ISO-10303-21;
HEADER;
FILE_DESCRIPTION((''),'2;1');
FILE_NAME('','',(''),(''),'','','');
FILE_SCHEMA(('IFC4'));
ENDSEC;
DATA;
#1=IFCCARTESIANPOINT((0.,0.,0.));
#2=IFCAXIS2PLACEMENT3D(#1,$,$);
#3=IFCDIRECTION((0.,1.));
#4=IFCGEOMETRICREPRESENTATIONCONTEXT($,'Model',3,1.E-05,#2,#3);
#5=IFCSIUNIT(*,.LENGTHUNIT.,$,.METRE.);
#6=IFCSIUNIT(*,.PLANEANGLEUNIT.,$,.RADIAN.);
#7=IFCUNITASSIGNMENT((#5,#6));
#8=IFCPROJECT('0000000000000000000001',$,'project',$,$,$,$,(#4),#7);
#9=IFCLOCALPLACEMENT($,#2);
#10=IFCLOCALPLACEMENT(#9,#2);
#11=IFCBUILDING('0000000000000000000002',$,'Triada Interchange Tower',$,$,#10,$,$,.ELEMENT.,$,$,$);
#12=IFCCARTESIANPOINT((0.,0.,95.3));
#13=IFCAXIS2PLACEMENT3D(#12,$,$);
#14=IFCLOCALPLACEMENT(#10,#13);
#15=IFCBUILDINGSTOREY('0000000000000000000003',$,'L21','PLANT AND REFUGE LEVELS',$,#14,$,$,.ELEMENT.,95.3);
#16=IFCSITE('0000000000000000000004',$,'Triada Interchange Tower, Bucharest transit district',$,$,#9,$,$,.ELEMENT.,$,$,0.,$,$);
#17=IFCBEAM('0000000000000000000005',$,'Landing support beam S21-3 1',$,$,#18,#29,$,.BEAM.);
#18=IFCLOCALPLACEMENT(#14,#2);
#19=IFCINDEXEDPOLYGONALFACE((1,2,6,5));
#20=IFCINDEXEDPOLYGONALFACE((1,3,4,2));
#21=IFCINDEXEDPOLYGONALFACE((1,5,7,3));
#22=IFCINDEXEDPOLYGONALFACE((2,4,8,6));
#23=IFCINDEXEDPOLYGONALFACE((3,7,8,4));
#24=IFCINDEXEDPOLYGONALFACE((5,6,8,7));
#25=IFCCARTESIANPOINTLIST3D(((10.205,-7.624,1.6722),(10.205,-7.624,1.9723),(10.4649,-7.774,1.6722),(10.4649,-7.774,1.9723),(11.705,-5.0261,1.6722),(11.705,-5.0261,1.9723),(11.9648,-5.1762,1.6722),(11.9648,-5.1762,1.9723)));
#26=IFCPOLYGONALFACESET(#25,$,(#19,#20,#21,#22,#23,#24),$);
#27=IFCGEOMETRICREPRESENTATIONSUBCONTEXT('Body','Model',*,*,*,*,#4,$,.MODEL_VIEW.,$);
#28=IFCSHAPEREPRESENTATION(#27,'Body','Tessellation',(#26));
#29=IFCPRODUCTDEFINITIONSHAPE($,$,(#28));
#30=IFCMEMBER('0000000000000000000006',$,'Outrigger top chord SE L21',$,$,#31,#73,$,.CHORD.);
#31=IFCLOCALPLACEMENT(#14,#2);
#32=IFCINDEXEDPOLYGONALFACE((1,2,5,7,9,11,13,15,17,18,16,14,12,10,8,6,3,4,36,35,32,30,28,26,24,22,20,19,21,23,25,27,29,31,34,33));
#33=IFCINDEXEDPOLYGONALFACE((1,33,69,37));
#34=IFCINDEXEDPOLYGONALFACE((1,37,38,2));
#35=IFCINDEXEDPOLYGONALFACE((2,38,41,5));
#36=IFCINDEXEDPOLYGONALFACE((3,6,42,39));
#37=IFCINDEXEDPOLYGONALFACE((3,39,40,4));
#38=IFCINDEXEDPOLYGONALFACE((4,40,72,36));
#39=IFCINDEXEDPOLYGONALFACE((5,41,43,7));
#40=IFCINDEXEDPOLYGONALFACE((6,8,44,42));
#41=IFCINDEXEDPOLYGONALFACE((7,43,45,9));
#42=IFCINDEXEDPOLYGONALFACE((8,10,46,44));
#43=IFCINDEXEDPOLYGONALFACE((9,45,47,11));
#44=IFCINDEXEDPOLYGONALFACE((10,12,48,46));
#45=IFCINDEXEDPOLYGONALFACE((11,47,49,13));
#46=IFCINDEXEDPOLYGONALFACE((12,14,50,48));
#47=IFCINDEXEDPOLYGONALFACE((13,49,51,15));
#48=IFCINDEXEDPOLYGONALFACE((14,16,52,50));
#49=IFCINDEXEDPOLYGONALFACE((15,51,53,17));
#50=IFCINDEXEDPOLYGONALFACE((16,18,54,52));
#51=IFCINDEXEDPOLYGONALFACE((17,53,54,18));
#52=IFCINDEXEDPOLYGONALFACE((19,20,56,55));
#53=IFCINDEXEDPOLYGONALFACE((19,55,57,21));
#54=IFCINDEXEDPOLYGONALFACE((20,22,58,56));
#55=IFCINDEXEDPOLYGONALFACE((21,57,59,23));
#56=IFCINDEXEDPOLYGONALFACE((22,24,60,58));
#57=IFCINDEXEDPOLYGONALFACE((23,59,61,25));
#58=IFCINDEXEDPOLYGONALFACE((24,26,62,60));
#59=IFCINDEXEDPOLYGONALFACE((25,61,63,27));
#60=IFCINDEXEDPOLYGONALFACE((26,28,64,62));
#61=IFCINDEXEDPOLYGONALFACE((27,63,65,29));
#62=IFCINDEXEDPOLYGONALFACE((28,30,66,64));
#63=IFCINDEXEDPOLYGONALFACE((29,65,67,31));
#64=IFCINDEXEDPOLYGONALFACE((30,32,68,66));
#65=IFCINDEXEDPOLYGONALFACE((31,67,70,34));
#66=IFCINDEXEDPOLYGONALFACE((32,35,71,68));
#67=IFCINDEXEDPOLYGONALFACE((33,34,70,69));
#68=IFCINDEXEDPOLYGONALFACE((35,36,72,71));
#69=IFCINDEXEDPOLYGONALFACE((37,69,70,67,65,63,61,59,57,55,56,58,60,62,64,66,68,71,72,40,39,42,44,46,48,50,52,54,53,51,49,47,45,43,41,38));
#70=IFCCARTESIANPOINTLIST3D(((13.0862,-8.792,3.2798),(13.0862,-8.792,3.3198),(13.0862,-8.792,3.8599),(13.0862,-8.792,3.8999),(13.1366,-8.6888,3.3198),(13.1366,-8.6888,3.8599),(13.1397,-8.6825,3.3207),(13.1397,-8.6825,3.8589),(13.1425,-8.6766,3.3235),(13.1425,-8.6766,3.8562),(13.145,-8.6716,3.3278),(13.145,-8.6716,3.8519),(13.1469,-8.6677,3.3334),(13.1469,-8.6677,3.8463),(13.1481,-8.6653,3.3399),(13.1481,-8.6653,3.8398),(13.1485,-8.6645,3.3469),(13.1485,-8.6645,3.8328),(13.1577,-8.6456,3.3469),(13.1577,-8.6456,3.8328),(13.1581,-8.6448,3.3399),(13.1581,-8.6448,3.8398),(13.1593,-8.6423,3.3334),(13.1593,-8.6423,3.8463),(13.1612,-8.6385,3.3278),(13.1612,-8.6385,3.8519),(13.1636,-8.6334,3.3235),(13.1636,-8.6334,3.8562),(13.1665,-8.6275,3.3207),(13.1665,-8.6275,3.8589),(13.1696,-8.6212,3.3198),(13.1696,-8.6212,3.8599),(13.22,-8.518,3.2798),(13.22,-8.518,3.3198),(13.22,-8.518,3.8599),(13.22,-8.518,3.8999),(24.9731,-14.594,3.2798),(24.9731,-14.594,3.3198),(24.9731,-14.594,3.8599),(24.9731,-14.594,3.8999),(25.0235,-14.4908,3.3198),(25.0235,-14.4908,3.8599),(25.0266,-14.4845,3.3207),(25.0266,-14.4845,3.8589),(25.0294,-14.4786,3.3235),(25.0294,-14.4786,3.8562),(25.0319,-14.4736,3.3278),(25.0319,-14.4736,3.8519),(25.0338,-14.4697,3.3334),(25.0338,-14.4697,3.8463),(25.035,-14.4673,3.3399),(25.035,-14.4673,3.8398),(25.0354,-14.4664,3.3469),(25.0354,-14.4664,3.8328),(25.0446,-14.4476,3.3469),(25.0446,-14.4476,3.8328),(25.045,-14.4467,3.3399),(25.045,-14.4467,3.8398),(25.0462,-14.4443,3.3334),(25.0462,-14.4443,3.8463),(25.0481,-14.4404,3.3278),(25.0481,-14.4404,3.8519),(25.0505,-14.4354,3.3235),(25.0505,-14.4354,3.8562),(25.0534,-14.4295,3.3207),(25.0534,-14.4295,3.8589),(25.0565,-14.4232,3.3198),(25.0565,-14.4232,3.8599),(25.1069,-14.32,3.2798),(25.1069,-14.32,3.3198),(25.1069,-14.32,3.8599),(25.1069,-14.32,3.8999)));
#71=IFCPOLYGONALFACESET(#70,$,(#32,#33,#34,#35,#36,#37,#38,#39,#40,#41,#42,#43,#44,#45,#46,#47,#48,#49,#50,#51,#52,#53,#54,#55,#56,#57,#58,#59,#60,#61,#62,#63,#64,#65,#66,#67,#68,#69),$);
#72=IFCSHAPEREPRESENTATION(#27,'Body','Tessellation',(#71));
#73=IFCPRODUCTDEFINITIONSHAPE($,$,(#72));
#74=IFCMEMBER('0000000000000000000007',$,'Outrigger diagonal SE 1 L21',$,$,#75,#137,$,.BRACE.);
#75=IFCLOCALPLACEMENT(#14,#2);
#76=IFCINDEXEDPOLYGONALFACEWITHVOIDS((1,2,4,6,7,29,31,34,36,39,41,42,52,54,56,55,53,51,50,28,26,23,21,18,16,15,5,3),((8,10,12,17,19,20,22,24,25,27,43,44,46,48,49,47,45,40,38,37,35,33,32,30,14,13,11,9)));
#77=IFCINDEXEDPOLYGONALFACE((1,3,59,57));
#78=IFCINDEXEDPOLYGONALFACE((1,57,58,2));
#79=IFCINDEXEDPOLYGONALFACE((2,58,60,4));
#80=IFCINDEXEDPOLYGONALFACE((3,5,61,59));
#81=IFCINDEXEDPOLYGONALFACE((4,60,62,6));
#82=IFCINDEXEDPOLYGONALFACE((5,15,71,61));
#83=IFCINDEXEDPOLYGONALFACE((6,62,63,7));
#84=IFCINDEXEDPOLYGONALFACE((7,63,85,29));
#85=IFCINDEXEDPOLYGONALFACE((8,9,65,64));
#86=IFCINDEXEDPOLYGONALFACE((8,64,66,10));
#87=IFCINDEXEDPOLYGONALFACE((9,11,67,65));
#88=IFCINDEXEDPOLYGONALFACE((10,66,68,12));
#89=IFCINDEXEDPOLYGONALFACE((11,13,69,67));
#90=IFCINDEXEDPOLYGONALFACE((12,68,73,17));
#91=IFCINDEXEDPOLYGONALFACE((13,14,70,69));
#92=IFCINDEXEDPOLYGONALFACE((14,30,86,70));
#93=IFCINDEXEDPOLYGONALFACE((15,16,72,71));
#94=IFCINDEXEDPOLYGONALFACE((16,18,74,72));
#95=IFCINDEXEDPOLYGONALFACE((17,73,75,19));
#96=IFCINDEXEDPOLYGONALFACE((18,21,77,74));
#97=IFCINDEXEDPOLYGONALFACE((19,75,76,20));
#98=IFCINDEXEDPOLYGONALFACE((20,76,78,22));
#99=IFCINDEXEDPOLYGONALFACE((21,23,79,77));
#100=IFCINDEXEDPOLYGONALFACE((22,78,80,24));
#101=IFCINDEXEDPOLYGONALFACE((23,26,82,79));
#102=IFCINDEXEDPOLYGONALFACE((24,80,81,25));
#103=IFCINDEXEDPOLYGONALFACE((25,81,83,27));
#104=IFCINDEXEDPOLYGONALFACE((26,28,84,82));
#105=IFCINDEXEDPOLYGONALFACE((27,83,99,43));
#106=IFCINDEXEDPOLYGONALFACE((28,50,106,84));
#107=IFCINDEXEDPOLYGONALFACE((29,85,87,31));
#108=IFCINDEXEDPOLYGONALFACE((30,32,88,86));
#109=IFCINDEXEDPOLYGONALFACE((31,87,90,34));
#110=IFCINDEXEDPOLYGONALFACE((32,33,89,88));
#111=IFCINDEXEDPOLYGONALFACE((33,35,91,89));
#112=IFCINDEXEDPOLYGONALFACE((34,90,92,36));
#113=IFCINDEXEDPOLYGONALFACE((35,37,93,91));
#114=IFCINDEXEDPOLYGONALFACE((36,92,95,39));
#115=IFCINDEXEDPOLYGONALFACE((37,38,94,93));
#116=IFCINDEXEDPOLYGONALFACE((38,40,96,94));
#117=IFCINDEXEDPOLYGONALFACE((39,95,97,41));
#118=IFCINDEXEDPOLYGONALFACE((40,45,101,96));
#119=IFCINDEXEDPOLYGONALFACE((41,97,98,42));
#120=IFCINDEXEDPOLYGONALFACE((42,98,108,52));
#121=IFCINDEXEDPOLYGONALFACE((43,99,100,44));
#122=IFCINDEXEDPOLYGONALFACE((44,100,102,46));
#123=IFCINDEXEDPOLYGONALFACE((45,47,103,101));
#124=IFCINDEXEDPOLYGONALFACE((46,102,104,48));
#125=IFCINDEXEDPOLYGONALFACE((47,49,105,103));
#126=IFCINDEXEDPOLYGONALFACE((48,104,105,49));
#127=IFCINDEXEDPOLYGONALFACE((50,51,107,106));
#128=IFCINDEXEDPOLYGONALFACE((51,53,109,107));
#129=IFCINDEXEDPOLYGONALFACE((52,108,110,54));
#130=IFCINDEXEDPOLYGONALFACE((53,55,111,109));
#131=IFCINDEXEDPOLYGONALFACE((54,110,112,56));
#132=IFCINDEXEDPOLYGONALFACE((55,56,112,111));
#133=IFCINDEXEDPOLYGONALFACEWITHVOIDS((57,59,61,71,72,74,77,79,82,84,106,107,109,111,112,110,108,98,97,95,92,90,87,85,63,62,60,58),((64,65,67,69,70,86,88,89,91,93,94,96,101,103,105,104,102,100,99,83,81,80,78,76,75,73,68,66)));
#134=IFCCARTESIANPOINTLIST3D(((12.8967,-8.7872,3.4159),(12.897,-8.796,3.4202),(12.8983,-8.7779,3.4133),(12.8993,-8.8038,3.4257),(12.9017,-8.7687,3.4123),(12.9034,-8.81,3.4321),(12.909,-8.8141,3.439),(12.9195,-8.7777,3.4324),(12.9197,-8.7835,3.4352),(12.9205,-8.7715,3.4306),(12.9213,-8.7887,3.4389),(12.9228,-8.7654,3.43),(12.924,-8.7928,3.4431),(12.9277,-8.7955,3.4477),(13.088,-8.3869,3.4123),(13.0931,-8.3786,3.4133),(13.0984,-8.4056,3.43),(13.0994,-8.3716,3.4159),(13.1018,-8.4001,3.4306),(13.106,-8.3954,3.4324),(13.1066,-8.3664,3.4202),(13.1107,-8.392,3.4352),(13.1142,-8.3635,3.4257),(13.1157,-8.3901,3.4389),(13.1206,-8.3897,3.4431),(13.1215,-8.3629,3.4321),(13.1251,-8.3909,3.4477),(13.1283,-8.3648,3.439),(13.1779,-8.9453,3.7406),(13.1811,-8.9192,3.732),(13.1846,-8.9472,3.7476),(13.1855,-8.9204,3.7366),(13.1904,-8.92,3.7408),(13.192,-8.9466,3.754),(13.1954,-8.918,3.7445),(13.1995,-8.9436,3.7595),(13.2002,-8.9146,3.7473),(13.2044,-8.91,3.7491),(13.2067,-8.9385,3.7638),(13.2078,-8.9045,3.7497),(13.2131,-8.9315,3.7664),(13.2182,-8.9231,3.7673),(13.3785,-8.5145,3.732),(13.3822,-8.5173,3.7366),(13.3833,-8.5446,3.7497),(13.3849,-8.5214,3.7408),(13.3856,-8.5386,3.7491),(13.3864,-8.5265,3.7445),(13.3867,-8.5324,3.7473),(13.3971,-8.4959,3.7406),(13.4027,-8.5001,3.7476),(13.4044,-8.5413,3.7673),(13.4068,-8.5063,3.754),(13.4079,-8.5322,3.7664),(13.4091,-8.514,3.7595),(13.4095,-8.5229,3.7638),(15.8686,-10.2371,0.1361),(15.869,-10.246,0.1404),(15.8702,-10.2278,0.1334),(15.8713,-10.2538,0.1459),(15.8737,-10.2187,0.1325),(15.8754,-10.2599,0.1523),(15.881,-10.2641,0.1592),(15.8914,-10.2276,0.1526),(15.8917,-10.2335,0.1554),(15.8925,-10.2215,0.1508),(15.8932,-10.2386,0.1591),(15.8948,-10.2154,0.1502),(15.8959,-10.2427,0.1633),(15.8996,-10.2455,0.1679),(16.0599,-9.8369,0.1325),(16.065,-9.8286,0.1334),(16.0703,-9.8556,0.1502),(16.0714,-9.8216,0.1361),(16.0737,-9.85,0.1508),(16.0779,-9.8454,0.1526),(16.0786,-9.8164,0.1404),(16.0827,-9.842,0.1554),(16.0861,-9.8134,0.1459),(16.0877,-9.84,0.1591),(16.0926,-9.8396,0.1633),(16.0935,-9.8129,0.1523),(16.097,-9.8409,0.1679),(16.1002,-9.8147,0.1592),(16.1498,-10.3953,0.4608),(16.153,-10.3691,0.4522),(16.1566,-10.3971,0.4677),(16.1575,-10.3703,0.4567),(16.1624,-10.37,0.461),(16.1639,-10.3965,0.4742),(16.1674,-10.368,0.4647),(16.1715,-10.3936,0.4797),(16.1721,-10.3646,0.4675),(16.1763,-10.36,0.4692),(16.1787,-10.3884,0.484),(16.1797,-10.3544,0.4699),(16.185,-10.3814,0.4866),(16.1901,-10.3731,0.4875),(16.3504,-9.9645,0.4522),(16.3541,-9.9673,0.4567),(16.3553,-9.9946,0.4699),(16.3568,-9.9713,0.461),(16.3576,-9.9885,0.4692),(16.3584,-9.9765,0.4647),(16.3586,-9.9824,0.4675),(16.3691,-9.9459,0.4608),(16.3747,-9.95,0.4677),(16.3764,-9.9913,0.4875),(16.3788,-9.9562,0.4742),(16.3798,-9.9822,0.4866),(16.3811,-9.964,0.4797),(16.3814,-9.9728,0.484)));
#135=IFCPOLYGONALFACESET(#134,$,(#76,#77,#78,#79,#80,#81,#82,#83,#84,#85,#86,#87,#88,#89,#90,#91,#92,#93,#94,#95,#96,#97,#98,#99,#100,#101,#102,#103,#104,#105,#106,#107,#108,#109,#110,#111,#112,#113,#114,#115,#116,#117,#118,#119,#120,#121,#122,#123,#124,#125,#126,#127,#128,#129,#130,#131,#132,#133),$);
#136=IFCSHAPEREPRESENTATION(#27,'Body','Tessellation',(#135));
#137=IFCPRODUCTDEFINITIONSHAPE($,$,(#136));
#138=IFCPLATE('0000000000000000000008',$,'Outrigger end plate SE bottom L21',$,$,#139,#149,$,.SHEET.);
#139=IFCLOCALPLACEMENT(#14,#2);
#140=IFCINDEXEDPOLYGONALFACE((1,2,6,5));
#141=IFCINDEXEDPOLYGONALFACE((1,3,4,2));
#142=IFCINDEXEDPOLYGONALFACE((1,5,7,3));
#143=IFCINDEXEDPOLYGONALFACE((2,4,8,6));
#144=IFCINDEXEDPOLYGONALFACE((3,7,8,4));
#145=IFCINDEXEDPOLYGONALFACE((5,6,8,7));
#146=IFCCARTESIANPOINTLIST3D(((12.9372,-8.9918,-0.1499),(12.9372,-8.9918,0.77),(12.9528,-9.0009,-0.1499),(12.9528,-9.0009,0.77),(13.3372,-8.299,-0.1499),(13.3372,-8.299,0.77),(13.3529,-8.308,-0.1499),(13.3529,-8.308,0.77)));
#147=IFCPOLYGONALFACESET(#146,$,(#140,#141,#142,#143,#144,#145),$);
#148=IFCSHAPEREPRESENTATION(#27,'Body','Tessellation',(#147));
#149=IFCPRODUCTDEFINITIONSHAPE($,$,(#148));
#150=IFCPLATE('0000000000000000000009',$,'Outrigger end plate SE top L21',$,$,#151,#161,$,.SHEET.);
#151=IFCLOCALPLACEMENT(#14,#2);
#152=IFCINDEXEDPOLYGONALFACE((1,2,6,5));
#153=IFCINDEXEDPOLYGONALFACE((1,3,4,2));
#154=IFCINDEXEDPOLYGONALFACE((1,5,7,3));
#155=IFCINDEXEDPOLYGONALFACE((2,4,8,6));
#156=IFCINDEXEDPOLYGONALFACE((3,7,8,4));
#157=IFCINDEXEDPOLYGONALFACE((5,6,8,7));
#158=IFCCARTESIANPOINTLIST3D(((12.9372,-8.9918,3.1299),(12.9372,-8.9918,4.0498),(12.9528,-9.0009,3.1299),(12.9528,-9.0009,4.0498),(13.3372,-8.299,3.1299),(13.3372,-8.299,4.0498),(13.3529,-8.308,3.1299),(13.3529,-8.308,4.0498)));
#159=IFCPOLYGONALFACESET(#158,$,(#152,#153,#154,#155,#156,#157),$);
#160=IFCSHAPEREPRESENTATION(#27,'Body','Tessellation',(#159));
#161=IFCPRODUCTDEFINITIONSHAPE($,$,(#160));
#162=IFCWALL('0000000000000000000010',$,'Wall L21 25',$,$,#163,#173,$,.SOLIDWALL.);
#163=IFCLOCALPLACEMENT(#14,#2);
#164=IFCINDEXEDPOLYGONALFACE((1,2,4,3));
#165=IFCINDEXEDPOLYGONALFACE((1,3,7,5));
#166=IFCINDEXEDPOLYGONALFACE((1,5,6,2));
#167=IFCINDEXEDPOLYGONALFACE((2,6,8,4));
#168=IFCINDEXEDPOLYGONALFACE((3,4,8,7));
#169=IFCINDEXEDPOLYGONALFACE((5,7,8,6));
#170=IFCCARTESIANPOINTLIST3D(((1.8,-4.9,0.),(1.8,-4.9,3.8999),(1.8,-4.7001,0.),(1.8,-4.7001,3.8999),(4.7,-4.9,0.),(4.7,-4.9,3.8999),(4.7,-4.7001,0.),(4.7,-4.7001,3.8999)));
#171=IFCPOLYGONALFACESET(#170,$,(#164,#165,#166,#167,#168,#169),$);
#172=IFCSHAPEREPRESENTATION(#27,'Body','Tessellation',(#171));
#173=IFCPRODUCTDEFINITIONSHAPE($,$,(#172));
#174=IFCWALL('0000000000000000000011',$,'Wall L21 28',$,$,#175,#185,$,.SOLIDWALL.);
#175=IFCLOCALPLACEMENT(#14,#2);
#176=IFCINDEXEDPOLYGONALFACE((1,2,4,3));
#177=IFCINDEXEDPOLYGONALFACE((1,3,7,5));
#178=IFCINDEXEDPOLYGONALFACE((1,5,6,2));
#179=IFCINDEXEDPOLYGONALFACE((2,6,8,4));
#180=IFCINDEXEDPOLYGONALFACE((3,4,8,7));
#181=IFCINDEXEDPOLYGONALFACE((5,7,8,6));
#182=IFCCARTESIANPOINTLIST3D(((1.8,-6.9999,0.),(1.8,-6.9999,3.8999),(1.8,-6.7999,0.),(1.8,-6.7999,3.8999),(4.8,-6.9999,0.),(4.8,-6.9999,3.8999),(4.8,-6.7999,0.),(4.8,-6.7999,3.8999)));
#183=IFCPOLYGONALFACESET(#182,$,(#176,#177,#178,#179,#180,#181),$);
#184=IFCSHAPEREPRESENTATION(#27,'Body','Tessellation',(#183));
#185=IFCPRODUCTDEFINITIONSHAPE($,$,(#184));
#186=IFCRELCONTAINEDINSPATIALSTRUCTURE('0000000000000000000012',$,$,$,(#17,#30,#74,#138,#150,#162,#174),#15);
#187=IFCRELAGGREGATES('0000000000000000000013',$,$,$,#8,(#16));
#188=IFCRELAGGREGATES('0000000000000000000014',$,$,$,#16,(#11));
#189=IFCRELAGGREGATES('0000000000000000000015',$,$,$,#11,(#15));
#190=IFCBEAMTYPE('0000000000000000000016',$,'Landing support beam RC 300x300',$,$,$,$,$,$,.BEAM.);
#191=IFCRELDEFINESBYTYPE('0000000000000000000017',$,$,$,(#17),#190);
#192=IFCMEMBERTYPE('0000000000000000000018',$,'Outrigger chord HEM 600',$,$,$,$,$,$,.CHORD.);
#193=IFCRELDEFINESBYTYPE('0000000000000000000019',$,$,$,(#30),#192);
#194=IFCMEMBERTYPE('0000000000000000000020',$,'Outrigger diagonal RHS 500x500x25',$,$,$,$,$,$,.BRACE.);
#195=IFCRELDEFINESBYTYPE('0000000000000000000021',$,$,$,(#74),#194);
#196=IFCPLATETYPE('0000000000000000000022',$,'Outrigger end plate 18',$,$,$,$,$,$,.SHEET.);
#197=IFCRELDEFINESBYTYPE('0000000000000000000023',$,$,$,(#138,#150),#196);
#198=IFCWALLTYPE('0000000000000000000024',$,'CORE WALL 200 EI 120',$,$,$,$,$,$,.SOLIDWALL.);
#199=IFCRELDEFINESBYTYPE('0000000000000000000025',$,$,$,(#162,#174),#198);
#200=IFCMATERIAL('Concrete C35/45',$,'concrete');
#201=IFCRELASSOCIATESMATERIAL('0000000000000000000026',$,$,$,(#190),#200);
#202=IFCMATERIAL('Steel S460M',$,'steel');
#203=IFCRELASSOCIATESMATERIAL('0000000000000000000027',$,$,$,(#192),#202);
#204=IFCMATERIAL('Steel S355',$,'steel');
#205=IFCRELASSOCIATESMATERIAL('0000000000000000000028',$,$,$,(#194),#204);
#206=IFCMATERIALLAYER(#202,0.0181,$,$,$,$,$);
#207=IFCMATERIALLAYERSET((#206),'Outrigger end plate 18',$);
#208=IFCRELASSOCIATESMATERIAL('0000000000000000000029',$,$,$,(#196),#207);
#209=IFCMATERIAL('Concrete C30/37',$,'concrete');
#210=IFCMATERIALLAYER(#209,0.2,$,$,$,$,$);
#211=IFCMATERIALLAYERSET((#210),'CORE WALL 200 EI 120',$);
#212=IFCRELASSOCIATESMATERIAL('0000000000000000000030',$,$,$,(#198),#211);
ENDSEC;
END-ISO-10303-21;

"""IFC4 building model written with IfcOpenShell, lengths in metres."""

from ifc_helpers import new_model, si_unit, direction, frame, frame_2d, origin, origin_2d, place, context, subcontext, project, spatial, rectangle, hollow_rectangle, i_section, extrude, material, layer, layer_set, material_profile, profile_set, type_object, element, save


model = new_model("IFC4")

# Units and contexts
model_context = context("Model", 3, precision=1e-05, world=origin(), true_north=direction((0.0, 1.0)))
body_context = subcontext(model_context, "Body", "Model", "MODEL_VIEW")
ifc_project = project(units=[si_unit("LENGTHUNIT", "METRE"), si_unit("PLANEANGLEUNIT", "RADIAN")], contexts=[model_context])

# Site, building, storey
site_placement = place(None, origin())
site = spatial("IfcSite", under=ifc_project, at=site_placement, Name="Triada Interchange Tower, Bucharest transit district", CompositionType="ELEMENT", RefElevation=0.0)
building_placement = place(site_placement, origin())
building = spatial("IfcBuilding", under=site, at=building_placement, Name="Triada Interchange Tower", CompositionType="ELEMENT")
storey_placement = place(building_placement, frame((0.0, 0.0, 95.3)))
storey = spatial("IfcBuildingStorey", under=building, at=storey_placement, Name="L21", Description="PLANT AND REFUGE LEVELS", CompositionType="ELEMENT", Elevation=95.3)

# Beam
ifc_material_1 = material(Name="Concrete C35/45", Category="concrete")
ifc_material_profile_1 = material_profile(ifc_material_1, rectangle(XDim=0.3, YDim=0.3, at=origin_2d()), Name="RC 300x300")
ifc_profile_set_1 = profile_set([ifc_material_profile_1], Name="Concrete C35/45")
beam_type = type_object("IfcBeamType", Name="Landing support beam RC 300x300", PredefinedType="BEAM", material=ifc_profile_set_1)
beam_placement = place(storey_placement, frame((10.335, -7.699, 1.8223), z_axis=(0.500025, 0.866011, 0.0), x_axis=(-0.866011, 0.500025, 0.0)))
element("IfcBeam", 1, at=beam_placement, inside=storey, type_object=beam_type, Name="Landing support beam S21-3 1", PredefinedType="BEAM", context=body_context, shape_type="SweptSolid", body=[
    extrude(rectangle(XDim=0.3, YDim=0.3, at=origin_2d()), origin(), (0.0, 0.0, 1.0), 2.9998),
])

# Members
ifc_material_2 = material(Name="Steel S460M", Category="steel")
ifc_material_profile_2 = material_profile(ifc_material_2, i_section(OverallWidth=0.3049, OverallDepth=0.6201, WebThickness=0.021, FlangeThickness=0.04, FilletRadius=0.0271, at=origin_2d()), Name="HEM 600")
ifc_profile_set_2 = profile_set([ifc_material_profile_2], Name="Steel S460M")
member_type_1 = type_object("IfcMemberType", Name="Outrigger chord HEM 600", PredefinedType="CHORD", material=ifc_profile_set_2)
member_1_placement = place(storey_placement, frame((13.1531, -8.655, 3.5898), z_axis=(0.898665, -0.438636, 0.0), x_axis=(0.438636, 0.898665, 0.0)))
element("IfcMember", 2, at=member_1_placement, inside=storey, type_object=member_type_1, Name="Outrigger top chord SE L21", PredefinedType="CHORD", context=body_context, shape_type="SweptSolid", body=[
    extrude(i_section(OverallWidth=0.3049, OverallDepth=0.6201, WebThickness=0.021, FlangeThickness=0.04, FilletRadius=0.0271, at=origin_2d()), origin(), (0.0, 0.0, 1.0), 13.2273),
])
ifc_material_3 = material(Name="Steel S355", Category="steel")
ifc_material_profile_3 = material_profile(ifc_material_3, hollow_rectangle(XDim=0.5, YDim=0.5, WallThickness=0.0249, InnerFilletRadius=0.0249, OuterFilletRadius=0.0376, at=origin_2d()), Name="RHS 500x500x25")
ifc_profile_set_3 = profile_set([ifc_material_profile_3], Name="Steel S355")
member_type_2 = type_object("IfcMemberType", Name="Outrigger diagonal RHS 500x500x25", PredefinedType="BRACE", material=ifc_profile_set_3)
member_2_placement = place(storey_placement, frame((13.1531, -8.655, 3.5898), z_axis=(0.638103, -0.31132, -0.704205), x_axis=(0.43848, 0.898741, 0.0)))
element("IfcMember", 3, at=member_2_placement, inside=storey, type_object=member_type_2, Name="Outrigger diagonal SE 1 L21", PredefinedType="BRACE", context=body_context, shape_type="SweptSolid", body=[
    extrude(hollow_rectangle(XDim=0.5, YDim=0.5, WallThickness=0.0249, InnerFilletRadius=0.0249, OuterFilletRadius=0.0376, at=origin_2d()), origin(), (0.0, 0.0, 1.0), 4.6575),
])

# Plates
ifc_layer_1 = layer(ifc_material_2, 0.0181)
ifc_layer_set_1 = layer_set([ifc_layer_1], Name="Outrigger end plate 18")
plate_type = type_object("IfcPlateType", Name="Outrigger end plate 18", PredefinedType="SHEET", material=ifc_layer_set_1)
for number, where, z_axis, x_axis, name in (
    (4, (13.145, -8.6499, -0.1499), (0.0, 0.0, 1.0), (0.866025, -0.5, 0.0), "Outrigger end plate SE bottom L21"),
    (5, (13.145, -8.6499, 3.1299), (0.0, 0.0, 1.0), (0.866025, -0.5, 0.0), "Outrigger end plate SE top L21"),
):
    element("IfcPlate", number, at=place(storey_placement, frame(where, z_axis=z_axis, x_axis=x_axis)), inside=storey, type_object=plate_type, Name=name, PredefinedType="SHEET", context=body_context, shape_type="SweptSolid", body=[
        extrude(rectangle(XDim=0.0181, YDim=0.8, at=origin_2d()), origin(), (0.0, 0.0, 1.0), 0.9199),
    ])

# Walls
ifc_material_4 = material(Name="Concrete C30/37", Category="concrete")
ifc_layer_2 = layer(ifc_material_4, 0.2)
ifc_layer_set_2 = layer_set([ifc_layer_2], Name="CORE WALL 200 EI 120")
wall_type_1 = type_object("IfcWallType", Name="CORE WALL 200 EI 120", PredefinedType="SOLIDWALL", material=ifc_layer_set_2)
wall_1_placement = place(storey_placement, frame((1.8, -4.8, 0.0), z_axis=(0.0, 0.0, 1.0), x_axis=(1.0, 0.0, 0.0)))
element("IfcWall", 6, at=wall_1_placement, inside=storey, type_object=wall_type_1, Name="Wall L21 25", PredefinedType="SOLIDWALL", context=body_context, shape_type="SweptSolid", body=[
    extrude(rectangle(XDim=2.8999, YDim=0.2, at=frame_2d((1.45, 0.0))), origin(), (0.0, 0.0, 1.0), 3.8999),
])
wall_2_placement = place(storey_placement, frame((1.8, -6.8999, 0.0), z_axis=(0.0, 0.0, 1.0), x_axis=(1.0, 0.0, 0.0)))
element("IfcWall", 7, at=wall_2_placement, inside=storey, type_object=wall_type_1, Name="Wall L21 28", PredefinedType="SOLIDWALL", context=body_context, shape_type="SweptSolid", body=[
    extrude(rectangle(XDim=3.0, YDim=0.2, at=frame_2d((1.5, 0.0))), origin(), (0.0, 0.0, 1.0), 3.8999),
])

save(model, "model.ifc")
